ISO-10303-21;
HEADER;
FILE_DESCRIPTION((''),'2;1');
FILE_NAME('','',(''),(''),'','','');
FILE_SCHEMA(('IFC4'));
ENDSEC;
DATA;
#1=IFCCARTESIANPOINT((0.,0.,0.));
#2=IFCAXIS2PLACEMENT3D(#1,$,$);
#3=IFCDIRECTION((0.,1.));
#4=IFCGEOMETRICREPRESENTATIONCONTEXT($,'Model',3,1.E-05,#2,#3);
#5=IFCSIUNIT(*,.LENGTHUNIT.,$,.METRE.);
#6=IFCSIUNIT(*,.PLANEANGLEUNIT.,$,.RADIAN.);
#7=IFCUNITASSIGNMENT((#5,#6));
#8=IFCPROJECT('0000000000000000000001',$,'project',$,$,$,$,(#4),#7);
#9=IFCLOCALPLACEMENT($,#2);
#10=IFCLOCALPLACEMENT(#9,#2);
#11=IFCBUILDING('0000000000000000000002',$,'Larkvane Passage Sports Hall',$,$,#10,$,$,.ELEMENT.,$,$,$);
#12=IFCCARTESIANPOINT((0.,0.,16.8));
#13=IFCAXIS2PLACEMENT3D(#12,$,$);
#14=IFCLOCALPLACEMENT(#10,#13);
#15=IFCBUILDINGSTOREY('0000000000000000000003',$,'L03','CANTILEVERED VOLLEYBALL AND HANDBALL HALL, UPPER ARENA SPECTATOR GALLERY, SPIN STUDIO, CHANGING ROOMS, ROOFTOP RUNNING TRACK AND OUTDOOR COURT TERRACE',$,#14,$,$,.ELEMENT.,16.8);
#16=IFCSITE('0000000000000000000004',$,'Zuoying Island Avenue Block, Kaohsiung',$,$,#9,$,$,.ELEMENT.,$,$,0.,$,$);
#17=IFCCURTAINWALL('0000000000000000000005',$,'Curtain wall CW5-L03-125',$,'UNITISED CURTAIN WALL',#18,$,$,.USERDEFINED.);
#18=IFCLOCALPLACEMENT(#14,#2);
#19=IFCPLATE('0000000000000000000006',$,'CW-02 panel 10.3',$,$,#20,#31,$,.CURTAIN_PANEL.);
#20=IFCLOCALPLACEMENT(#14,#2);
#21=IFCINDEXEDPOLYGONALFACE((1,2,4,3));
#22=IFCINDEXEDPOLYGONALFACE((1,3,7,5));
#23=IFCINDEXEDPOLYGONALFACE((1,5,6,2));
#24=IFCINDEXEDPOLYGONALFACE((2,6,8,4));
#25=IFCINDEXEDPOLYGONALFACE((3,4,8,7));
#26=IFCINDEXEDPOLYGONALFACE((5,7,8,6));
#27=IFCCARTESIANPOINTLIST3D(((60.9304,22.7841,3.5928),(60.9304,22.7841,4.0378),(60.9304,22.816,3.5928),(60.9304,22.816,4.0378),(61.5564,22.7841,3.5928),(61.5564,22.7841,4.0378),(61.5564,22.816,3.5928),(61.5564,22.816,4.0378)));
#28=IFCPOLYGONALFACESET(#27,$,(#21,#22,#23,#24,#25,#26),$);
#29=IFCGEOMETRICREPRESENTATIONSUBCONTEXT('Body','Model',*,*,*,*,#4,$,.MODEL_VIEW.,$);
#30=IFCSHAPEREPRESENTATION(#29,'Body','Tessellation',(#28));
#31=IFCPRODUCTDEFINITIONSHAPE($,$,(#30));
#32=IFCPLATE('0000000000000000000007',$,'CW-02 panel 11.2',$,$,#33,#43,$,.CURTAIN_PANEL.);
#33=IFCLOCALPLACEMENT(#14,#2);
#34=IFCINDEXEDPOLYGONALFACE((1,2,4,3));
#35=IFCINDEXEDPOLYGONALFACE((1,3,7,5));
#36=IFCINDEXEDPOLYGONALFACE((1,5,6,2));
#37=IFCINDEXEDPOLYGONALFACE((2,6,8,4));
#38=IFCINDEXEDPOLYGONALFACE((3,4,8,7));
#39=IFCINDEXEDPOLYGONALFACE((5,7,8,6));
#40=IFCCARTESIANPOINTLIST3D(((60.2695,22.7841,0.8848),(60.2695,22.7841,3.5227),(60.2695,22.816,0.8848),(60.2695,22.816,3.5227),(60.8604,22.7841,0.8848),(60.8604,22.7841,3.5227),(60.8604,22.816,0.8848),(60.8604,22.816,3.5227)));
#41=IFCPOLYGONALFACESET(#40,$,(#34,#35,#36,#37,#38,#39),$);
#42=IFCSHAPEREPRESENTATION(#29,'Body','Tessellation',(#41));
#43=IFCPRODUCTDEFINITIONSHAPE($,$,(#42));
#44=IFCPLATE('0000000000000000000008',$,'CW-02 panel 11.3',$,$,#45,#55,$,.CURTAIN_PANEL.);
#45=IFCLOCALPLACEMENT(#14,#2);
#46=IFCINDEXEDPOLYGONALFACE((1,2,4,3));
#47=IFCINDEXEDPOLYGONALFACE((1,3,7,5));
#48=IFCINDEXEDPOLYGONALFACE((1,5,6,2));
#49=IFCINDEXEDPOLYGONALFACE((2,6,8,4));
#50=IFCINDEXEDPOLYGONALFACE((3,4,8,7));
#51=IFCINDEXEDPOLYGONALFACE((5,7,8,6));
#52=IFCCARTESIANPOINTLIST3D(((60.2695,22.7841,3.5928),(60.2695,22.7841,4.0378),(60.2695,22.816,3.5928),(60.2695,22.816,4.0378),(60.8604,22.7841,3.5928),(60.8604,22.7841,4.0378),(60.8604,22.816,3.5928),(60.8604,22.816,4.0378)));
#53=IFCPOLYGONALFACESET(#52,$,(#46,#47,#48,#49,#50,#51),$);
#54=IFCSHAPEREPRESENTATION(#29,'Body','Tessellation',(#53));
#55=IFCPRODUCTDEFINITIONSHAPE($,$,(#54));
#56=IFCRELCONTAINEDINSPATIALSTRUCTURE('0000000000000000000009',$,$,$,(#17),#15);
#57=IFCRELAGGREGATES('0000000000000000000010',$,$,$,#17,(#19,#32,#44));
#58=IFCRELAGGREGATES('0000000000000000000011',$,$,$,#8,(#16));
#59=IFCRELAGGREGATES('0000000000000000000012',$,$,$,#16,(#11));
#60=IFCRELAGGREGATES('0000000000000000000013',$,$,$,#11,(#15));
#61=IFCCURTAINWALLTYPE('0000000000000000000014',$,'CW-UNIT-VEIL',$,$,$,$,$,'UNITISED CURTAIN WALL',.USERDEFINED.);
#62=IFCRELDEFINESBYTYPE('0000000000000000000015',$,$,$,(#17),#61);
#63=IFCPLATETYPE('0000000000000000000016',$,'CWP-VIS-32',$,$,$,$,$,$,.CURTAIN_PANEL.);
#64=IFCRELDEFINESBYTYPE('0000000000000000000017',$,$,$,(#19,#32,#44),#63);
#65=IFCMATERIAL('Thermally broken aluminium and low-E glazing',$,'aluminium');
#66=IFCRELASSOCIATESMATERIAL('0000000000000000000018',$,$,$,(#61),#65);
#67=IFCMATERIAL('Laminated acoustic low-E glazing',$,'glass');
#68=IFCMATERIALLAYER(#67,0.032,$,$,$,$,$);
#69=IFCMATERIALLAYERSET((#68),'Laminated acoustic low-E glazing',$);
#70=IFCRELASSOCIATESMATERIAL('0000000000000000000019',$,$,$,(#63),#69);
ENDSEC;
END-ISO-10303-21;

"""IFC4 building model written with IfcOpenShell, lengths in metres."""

from ifc_helpers import new_model, si_unit, direction, frame, origin, origin_2d, place, context, subcontext, project, spatial, rectangle, extrude, material, layer, layer_set, type_object, element, aggregate, save


model = new_model("IFC4")

# Units and contexts
model_context = context("Model", 3, precision=1e-05, world=origin(), true_north=direction((0.0, 1.0)))
body_context = subcontext(model_context, "Body", "Model", "MODEL_VIEW")
ifc_project = project(units=[si_unit("LENGTHUNIT", "METRE"), si_unit("PLANEANGLEUNIT", "RADIAN")], contexts=[model_context])

# Site, building, storey
site_placement = place(None, origin())
site = spatial("IfcSite", under=ifc_project, at=site_placement, Name="Zuoying Island Avenue Block, Kaohsiung", CompositionType="ELEMENT", RefElevation=0.0)
building_placement = place(site_placement, origin())
building = spatial("IfcBuilding", under=site, at=building_placement, Name="Larkvane Passage Sports Hall", CompositionType="ELEMENT")
storey_placement = place(building_placement, frame((0.0, 0.0, 16.8)))
storey = spatial("IfcBuildingStorey", under=building, at=storey_placement, Name="L03", Description="CANTILEVERED VOLLEYBALL AND HANDBALL HALL, UPPER ARENA SPECTATOR GALLERY, SPIN STUDIO, CHANGING ROOMS, ROOFTOP RUNNING TRACK AND OUTDOOR COURT TERRACE", CompositionType="ELEMENT", Elevation=16.8)

# Curtain wall
ifc_material_1 = material(Name="Thermally broken aluminium and low-E glazing", Category="aluminium")
curtain_wall_type = type_object("IfcCurtainWallType", Name="CW-UNIT-VEIL", ElementType="UNITISED CURTAIN WALL", PredefinedType="USERDEFINED", material=ifc_material_1)
curtain_wall_placement = place(storey_placement, origin())
curtain_wall = element("IfcCurtainWall", 1, at=curtain_wall_placement, inside=storey, type_object=curtain_wall_type, Name="Curtain wall CW5-L03-125", ObjectType="UNITISED CURTAIN WALL", PredefinedType="USERDEFINED")

# Plates
ifc_material_2 = material(Name="Laminated acoustic low-E glazing", Category="glass")
ifc_layer_1 = layer(ifc_material_2, 0.032)
ifc_layer_set_1 = layer_set([ifc_layer_1], Name="Laminated acoustic low-E glazing")
plate_type_1 = type_object("IfcPlateType", Name="CWP-VIS-32", PredefinedType="CURTAIN_PANEL", material=ifc_layer_set_1)
plate_1_placement = place(storey_placement, frame((61.2434, 22.8, 3.5928), z_axis=(0.0, 0.0, 1.0), x_axis=(-1.0, 0.0, 0.0)))
plate_1 = element("IfcPlate", 2, at=plate_1_placement, type_object=plate_type_1, Name="CW-02 panel 10.3", PredefinedType="CURTAIN_PANEL", context=body_context, shape_type="SweptSolid", body=[
    extrude(rectangle(XDim=0.626, YDim=0.032, at=origin_2d()), origin(), (0.0, 0.0, 1.0), 0.4451),
])
plate_2_placement = place(storey_placement, frame((60.5649, 22.8, 0.8848), z_axis=(0.0, 0.0, 1.0), x_axis=(-1.0, 0.0, 0.0)))
plate_2 = element("IfcPlate", 3, at=plate_2_placement, type_object=plate_type_1, Name="CW-02 panel 11.2", PredefinedType="CURTAIN_PANEL", context=body_context, shape_type="SweptSolid", body=[
    extrude(rectangle(XDim=0.5908, YDim=0.032, at=origin_2d()), origin(), (0.0, 0.0, 1.0), 2.6379),
])
plate_3_placement = place(storey_placement, frame((60.5649, 22.8, 3.5928), z_axis=(0.0, 0.0, 1.0), x_axis=(-1.0, 0.0, 0.0)))
plate_3 = element("IfcPlate", 4, at=plate_3_placement, type_object=plate_type_1, Name="CW-02 panel 11.3", PredefinedType="CURTAIN_PANEL", context=body_context, shape_type="SweptSolid", body=[
    extrude(rectangle(XDim=0.5908, YDim=0.032, at=origin_2d()), origin(), (0.0, 0.0, 1.0), 0.4451),
])
aggregate(curtain_wall, [plate_1, plate_2, plate_3])

save(model, "model.ifc")
